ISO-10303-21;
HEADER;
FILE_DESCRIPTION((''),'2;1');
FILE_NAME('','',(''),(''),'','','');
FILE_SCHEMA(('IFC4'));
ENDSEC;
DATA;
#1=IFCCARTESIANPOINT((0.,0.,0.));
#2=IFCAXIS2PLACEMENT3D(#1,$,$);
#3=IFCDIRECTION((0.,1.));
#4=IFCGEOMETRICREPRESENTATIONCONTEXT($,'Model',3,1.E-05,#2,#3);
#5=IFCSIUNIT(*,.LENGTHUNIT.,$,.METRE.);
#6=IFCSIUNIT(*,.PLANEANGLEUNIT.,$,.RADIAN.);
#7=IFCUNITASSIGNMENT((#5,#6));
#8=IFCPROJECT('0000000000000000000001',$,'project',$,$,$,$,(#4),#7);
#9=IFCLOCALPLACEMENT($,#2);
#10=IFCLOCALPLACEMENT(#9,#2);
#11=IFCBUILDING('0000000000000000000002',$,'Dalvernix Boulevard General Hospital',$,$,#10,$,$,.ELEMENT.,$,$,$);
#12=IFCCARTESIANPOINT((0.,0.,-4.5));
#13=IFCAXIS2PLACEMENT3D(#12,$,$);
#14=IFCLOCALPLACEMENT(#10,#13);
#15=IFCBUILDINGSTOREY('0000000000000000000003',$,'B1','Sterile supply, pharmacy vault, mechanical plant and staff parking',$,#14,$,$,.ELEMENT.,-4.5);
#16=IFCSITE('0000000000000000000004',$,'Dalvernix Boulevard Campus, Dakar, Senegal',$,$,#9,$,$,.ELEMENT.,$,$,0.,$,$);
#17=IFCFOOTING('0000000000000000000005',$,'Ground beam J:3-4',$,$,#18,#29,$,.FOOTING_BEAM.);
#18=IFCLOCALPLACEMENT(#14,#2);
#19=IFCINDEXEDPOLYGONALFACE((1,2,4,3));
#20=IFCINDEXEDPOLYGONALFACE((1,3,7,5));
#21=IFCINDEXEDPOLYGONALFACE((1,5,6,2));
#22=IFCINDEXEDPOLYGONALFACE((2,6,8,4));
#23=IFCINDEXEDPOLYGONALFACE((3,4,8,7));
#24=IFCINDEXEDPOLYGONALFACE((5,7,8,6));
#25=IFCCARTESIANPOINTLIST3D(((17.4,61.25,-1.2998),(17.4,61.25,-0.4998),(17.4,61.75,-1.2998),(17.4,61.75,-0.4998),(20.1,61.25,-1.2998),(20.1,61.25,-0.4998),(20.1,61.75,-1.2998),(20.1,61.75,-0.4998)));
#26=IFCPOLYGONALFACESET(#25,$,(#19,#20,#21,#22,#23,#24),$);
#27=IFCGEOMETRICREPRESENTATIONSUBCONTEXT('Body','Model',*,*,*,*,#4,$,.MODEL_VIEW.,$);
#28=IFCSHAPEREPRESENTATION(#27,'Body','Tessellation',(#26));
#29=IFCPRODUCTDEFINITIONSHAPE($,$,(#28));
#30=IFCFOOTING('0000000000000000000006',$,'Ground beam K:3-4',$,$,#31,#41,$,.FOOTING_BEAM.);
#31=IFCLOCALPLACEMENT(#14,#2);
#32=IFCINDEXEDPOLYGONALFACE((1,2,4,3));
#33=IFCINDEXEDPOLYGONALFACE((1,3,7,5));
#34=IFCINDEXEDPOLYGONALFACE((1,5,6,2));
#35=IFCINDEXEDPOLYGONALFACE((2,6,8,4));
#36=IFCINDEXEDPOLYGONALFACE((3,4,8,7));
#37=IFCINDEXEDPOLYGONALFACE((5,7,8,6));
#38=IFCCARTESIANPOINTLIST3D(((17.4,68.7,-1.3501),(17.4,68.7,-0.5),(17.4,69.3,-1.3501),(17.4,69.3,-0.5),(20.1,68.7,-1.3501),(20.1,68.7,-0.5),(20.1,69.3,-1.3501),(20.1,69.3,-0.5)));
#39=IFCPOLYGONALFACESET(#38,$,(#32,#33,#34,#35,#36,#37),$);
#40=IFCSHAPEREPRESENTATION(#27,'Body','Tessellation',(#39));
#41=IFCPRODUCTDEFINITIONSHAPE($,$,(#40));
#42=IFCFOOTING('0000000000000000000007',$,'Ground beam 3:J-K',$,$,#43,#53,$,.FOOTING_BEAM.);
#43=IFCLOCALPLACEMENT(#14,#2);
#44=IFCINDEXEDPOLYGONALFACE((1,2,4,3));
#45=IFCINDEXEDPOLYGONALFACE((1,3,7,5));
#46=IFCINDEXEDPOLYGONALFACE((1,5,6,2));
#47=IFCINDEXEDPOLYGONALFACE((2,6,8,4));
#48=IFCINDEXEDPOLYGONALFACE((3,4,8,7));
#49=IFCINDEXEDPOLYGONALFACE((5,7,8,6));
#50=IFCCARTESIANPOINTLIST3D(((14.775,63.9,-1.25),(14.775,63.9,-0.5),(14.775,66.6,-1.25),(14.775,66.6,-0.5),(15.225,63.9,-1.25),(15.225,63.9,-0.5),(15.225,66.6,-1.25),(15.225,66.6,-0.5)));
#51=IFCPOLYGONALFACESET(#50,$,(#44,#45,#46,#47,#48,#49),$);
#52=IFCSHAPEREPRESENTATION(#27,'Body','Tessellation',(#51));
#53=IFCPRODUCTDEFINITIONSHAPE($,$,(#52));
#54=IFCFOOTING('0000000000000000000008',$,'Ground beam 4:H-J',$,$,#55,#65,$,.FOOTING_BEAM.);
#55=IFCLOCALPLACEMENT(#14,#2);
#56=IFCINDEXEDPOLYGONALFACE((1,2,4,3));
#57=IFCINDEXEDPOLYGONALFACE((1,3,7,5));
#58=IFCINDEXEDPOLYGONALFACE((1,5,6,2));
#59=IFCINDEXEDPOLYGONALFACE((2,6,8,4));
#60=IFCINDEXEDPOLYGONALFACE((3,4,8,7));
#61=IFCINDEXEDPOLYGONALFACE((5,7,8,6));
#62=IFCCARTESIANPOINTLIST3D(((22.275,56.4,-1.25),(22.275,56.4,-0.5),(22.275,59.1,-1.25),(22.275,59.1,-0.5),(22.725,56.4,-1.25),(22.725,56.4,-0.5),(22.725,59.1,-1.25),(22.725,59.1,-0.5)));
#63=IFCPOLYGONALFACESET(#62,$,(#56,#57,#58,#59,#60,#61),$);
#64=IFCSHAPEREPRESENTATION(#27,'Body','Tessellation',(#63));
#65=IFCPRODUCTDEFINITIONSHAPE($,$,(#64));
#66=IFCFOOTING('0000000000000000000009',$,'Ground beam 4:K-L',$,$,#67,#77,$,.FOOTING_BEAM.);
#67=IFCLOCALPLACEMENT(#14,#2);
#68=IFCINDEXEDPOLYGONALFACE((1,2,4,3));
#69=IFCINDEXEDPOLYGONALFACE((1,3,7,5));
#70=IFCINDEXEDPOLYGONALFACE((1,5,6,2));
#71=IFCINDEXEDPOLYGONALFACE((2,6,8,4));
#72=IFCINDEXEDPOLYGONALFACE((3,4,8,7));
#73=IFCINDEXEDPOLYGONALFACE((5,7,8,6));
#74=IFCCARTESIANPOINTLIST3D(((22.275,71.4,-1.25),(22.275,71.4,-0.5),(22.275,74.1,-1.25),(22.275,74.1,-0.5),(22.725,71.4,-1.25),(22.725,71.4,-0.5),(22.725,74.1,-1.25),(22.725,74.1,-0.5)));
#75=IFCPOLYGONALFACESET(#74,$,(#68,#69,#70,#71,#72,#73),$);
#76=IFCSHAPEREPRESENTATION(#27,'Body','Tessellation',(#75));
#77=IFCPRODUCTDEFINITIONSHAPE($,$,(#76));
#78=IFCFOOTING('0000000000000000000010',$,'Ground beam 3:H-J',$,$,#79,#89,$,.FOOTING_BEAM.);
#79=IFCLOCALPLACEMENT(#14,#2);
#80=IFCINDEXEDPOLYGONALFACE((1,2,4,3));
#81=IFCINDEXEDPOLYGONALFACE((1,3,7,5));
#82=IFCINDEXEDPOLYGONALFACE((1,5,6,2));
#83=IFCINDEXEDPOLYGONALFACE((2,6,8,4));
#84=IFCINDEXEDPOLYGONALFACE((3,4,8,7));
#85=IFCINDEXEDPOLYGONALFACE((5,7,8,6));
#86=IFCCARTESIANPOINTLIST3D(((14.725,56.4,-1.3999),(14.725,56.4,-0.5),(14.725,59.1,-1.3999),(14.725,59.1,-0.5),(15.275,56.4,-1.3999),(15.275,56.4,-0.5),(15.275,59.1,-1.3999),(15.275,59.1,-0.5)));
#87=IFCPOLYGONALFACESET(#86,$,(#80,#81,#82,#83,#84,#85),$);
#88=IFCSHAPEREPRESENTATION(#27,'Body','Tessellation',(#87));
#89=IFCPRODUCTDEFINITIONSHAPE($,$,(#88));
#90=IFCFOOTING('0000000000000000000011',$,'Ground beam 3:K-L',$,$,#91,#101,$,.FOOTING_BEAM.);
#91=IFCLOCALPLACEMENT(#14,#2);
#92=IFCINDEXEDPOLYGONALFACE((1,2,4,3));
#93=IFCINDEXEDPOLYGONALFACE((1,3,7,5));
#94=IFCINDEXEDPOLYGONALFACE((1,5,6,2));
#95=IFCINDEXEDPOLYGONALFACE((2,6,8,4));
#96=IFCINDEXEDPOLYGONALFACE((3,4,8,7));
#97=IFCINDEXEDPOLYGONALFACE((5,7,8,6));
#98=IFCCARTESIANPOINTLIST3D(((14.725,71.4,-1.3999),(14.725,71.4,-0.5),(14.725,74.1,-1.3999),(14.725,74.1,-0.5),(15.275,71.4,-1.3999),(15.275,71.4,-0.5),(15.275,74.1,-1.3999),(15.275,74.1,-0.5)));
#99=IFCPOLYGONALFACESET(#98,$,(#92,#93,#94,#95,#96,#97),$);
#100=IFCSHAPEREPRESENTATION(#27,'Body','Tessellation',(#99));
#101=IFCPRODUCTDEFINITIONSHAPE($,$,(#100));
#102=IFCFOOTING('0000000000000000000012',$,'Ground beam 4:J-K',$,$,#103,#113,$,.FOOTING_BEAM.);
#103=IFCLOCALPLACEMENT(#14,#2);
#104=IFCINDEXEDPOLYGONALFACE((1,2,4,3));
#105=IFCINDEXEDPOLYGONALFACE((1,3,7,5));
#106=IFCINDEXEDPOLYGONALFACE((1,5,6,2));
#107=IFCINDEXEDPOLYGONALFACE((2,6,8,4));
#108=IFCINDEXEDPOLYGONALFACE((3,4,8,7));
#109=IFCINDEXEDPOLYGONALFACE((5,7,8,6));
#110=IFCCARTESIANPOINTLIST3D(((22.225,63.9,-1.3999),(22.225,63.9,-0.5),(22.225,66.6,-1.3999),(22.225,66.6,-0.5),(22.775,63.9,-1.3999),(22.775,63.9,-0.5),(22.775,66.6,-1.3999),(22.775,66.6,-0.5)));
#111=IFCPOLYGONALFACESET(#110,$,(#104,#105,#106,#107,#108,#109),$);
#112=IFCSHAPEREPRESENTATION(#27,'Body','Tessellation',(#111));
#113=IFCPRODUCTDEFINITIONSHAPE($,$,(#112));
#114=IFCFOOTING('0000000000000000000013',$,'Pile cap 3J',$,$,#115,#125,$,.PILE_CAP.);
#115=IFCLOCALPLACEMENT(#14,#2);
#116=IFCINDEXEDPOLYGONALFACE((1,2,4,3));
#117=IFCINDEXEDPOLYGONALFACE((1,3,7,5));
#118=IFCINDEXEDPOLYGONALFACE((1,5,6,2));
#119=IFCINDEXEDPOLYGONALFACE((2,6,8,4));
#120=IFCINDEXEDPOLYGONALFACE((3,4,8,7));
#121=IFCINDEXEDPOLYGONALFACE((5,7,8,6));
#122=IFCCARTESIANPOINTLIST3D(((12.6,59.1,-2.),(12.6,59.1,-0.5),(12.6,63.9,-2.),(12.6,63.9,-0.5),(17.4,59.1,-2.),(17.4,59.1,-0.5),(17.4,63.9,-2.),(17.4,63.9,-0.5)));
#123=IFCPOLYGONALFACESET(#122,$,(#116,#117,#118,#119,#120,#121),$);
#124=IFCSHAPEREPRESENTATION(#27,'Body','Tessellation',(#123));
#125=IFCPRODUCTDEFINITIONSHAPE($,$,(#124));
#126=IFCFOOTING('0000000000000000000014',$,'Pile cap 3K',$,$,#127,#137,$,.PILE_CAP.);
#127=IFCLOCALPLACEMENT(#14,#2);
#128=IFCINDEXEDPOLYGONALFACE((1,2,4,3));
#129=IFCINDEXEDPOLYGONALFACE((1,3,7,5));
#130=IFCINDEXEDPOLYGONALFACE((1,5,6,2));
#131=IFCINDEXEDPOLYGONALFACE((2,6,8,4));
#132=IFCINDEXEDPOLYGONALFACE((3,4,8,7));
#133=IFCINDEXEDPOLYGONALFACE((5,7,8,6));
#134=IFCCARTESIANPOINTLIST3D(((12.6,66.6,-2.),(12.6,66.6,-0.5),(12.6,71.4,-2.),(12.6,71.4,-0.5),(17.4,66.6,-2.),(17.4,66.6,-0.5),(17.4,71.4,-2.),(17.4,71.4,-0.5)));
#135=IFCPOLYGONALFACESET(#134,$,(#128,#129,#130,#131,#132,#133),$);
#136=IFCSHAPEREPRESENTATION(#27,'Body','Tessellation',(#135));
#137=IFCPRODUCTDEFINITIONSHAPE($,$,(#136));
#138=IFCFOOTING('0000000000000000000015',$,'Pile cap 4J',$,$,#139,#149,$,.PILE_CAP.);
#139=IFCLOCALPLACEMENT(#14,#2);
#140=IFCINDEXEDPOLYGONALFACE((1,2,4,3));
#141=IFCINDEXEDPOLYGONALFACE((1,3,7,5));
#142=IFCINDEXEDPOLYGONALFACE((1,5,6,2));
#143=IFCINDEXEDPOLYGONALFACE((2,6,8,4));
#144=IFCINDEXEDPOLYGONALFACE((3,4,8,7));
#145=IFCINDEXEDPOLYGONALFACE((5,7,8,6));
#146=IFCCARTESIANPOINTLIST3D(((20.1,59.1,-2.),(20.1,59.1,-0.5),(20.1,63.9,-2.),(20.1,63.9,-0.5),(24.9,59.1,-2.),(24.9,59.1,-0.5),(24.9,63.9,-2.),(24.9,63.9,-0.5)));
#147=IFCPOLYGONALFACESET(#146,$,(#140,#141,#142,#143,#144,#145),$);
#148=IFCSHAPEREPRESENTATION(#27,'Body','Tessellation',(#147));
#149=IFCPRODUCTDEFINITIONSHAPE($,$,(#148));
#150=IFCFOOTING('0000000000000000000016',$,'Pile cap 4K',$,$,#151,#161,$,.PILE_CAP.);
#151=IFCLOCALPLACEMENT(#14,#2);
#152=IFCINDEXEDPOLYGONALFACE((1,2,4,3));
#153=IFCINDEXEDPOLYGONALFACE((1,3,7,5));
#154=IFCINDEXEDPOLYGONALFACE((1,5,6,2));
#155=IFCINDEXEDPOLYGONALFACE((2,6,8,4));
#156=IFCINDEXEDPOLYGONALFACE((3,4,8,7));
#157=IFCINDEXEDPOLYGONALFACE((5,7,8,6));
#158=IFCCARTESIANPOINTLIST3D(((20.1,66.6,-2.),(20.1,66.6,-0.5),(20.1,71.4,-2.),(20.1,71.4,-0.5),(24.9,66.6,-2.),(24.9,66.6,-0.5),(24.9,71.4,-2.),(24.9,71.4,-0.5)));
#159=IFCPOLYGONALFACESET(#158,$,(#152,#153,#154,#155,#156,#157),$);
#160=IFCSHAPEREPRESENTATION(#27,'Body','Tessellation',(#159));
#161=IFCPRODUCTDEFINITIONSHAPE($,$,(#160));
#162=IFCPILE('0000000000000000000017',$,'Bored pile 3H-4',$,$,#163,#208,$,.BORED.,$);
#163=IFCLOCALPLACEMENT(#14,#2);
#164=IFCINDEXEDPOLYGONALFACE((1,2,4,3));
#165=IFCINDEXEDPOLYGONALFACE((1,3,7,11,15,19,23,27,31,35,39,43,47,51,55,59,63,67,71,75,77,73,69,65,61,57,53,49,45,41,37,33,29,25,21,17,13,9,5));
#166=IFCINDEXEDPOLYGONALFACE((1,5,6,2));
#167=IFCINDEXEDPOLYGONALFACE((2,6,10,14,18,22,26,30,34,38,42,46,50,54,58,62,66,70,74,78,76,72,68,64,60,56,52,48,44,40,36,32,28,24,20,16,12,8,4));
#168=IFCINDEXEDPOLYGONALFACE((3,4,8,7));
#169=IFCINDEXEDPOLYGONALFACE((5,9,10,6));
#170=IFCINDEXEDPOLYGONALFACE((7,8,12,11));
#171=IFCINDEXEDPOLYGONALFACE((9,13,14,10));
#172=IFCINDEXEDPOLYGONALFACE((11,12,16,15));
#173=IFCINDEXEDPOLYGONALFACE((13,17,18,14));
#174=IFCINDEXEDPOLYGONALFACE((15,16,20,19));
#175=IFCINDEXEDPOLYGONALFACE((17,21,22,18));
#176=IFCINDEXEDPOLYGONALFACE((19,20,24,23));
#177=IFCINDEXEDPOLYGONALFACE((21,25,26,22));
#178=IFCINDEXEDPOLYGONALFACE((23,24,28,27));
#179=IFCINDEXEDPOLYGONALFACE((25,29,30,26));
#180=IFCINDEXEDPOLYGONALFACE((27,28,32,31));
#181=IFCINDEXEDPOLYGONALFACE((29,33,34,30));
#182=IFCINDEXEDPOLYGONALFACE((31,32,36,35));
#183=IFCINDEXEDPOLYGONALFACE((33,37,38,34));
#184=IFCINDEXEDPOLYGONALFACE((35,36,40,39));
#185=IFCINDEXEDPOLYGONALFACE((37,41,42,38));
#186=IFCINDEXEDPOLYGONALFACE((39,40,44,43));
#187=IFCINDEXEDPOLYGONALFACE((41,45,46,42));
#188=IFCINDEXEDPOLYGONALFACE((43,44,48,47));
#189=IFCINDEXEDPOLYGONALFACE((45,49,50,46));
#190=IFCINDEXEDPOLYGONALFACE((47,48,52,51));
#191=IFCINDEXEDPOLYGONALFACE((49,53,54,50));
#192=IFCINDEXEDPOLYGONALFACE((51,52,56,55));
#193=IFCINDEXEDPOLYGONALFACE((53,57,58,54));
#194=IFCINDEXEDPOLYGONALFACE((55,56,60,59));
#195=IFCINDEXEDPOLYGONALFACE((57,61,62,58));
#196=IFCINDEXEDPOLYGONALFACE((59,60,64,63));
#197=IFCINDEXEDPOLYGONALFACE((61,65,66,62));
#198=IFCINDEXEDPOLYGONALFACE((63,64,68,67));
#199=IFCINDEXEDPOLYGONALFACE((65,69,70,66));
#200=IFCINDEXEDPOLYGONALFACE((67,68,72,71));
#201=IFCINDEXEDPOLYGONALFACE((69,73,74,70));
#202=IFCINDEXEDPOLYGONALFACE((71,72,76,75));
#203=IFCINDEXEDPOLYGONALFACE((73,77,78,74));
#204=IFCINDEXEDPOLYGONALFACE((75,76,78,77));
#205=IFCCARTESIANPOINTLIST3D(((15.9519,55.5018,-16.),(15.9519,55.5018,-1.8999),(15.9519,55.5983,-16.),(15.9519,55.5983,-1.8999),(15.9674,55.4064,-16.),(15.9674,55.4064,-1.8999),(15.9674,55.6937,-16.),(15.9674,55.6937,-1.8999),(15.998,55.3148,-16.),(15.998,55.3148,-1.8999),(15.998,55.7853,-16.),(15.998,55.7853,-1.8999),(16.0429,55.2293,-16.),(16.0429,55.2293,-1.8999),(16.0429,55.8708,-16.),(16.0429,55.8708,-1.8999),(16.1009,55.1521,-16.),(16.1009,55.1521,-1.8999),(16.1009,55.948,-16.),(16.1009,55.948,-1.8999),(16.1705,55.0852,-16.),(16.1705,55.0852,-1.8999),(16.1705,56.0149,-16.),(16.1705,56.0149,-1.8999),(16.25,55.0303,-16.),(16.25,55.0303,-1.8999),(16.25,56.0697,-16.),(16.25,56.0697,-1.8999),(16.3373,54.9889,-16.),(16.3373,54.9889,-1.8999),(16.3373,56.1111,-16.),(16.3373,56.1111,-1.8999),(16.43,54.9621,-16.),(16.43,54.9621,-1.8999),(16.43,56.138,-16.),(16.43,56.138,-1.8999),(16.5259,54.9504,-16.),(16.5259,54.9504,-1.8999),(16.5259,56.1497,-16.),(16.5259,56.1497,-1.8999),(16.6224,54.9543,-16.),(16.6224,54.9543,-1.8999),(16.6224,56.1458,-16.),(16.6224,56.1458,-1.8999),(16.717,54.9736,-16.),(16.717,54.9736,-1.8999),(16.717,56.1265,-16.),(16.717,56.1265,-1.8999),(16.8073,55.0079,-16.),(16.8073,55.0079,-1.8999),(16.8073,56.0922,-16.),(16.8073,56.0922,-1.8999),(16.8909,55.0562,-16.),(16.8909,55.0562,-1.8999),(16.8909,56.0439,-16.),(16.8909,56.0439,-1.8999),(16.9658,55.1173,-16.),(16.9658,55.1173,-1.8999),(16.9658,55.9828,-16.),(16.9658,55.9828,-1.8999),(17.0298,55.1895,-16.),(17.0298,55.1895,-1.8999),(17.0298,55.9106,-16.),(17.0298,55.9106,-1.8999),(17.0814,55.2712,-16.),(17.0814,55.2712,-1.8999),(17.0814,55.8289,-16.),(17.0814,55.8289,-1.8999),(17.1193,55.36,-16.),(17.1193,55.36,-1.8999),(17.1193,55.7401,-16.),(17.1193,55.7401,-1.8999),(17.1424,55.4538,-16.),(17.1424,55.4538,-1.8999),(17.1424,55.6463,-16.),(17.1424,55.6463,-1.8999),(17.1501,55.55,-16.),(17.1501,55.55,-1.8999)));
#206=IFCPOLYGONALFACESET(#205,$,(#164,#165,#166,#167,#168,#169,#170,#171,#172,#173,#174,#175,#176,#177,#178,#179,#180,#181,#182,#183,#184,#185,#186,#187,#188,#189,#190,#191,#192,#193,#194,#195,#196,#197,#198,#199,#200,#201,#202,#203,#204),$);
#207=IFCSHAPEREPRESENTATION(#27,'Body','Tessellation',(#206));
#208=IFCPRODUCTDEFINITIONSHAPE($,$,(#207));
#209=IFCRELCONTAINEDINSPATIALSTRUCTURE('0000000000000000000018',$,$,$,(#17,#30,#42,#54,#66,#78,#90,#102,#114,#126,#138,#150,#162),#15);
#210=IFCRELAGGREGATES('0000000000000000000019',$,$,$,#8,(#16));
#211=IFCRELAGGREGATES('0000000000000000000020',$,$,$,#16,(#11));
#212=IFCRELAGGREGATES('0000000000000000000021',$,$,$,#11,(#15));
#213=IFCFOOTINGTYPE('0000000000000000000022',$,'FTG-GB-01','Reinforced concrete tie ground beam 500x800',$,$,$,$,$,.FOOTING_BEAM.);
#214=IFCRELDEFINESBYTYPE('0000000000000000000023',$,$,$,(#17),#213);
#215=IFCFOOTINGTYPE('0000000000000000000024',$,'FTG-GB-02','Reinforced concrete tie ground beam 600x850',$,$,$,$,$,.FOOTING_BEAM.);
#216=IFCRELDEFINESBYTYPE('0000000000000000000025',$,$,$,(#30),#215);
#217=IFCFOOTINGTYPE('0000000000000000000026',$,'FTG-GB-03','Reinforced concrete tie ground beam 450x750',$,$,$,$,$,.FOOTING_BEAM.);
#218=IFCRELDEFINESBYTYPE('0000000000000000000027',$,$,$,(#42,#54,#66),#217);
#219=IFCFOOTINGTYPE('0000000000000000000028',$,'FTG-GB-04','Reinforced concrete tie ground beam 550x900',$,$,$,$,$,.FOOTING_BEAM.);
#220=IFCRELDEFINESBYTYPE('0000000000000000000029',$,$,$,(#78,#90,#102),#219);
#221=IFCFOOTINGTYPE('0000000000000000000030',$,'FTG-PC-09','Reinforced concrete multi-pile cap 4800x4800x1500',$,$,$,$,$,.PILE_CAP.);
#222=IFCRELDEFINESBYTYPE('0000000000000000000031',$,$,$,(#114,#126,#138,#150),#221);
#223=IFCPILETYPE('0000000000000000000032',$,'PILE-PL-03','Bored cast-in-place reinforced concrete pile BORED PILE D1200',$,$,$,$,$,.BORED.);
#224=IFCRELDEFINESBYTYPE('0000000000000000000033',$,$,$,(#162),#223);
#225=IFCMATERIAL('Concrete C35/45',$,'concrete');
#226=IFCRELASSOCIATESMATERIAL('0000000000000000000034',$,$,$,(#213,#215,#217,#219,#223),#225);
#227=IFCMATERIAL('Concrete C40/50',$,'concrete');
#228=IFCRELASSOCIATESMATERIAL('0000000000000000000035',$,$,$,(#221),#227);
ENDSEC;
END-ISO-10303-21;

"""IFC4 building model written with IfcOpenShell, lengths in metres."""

from ifc_helpers import new_model, si_unit, direction, frame, origin, origin_2d, place, context, subcontext, project, spatial, rectangle, circle, extrude, material, material_profile, profile_set, type_object, element, save


model = new_model("IFC4")

# Units and contexts
model_context = context("Model", 3, precision=1e-05, world=origin(), true_north=direction((0.0, 1.0)))
body_context = subcontext(model_context, "Body", "Model", "MODEL_VIEW")
ifc_project = project(units=[si_unit("LENGTHUNIT", "METRE"), si_unit("PLANEANGLEUNIT", "RADIAN")], contexts=[model_context])

# Site, building, storey
site_placement = place(None, origin())
site = spatial("IfcSite", under=ifc_project, at=site_placement, Name="Dalvernix Boulevard Campus, Dakar, Senegal", CompositionType="ELEMENT", RefElevation=0.0)
building_placement = place(site_placement, origin())
building = spatial("IfcBuilding", under=site, at=building_placement, Name="Dalvernix Boulevard General Hospital", CompositionType="ELEMENT")
storey_placement = place(building_placement, frame((0.0, 0.0, -4.5)))
storey = spatial("IfcBuildingStorey", under=building, at=storey_placement, Name="B1", Description="Sterile supply, pharmacy vault, mechanical plant and staff parking", CompositionType="ELEMENT", Elevation=-4.5)

# Footings
ifc_material_1 = material(Name="Concrete C35/45", Category="concrete")
footing_type_1 = type_object("IfcFootingType", Name="FTG-GB-01", Description="Reinforced concrete tie ground beam 500x800", PredefinedType="FOOTING_BEAM", material=ifc_material_1)
footing_1_placement = place(storey_placement, frame((18.75, 61.5, -1.2998), z_axis=(0.0, 0.0, 1.0), x_axis=(1.0, 0.0, 0.0)))
element("IfcFooting", 1, at=footing_1_placement, inside=storey, type_object=footing_type_1, Name="Ground beam J:3-4", PredefinedType="FOOTING_BEAM", context=body_context, shape_type="SweptSolid", body=[
    extrude(rectangle(XDim=2.7, YDim=0.5, at=origin_2d()), origin(), (0.0, 0.0, 1.0), 0.8),
])
footing_type_2 = type_object("IfcFootingType", Name="FTG-GB-02", Description="Reinforced concrete tie ground beam 600x850", PredefinedType="FOOTING_BEAM", material=ifc_material_1)
footing_2_placement = place(storey_placement, frame((18.75, 69.0, -1.3501), z_axis=(0.0, 0.0, 1.0), x_axis=(1.0, 0.0, 0.0)))
element("IfcFooting", 2, at=footing_2_placement, inside=storey, type_object=footing_type_2, Name="Ground beam K:3-4", PredefinedType="FOOTING_BEAM", context=body_context, shape_type="SweptSolid", body=[
    extrude(rectangle(XDim=2.7, YDim=0.6001, at=origin_2d()), origin(), (0.0, 0.0, 1.0), 0.8501),
])
footing_type_3 = type_object("IfcFootingType", Name="FTG-GB-03", Description="Reinforced concrete tie ground beam 450x750", PredefinedType="FOOTING_BEAM", material=ifc_material_1)
for number, where, z_axis, x_axis, name in (
    (3, (15.0, 65.25, -1.25), (0.0, 0.0, 1.0), (0.0, 1.0, 0.0), "Ground beam 3:J-K"),
    (4, (22.5, 57.75, -1.25), (0.0, 0.0, 1.0), (0.0, 1.0, 0.0), "Ground beam 4:H-J"),
    (5, (22.5, 72.75, -1.25), (0.0, 0.0, 1.0), (0.0, 1.0, 0.0), "Ground beam 4:K-L"),
):
    element("IfcFooting", number, at=place(storey_placement, frame(where, z_axis=z_axis, x_axis=x_axis)), inside=storey, type_object=footing_type_3, Name=name, PredefinedType="FOOTING_BEAM", context=body_context, shape_type="SweptSolid", body=[
        extrude(rectangle(XDim=2.7, YDim=0.45, at=origin_2d()), origin(), (0.0, 0.0, 1.0), 0.75),
    ])
footing_type_4 = type_object("IfcFootingType", Name="FTG-GB-04", Description="Reinforced concrete tie ground beam 550x900", PredefinedType="FOOTING_BEAM", material=ifc_material_1)
for number, where, z_axis, x_axis, name in (
    (6, (15.0, 57.75, -1.3999), (0.0, 0.0, 1.0), (0.0, 1.0, 0.0), "Ground beam 3:H-J"),
    (7, (15.0, 72.75, -1.3999), (0.0, 0.0, 1.0), (0.0, 1.0, 0.0), "Ground beam 3:K-L"),
    (8, (22.5, 65.25, -1.3999), (0.0, 0.0, 1.0), (0.0, 1.0, 0.0), "Ground beam 4:J-K"),
):
    element("IfcFooting", number, at=place(storey_placement, frame(where, z_axis=z_axis, x_axis=x_axis)), inside=storey, type_object=footing_type_4, Name=name, PredefinedType="FOOTING_BEAM", context=body_context, shape_type="SweptSolid", body=[
        extrude(rectangle(XDim=2.7, YDim=0.55, at=origin_2d()), origin(), (0.0, 0.0, 1.0), 0.8999),
    ])
ifc_material_2 = material(Name="Concrete C40/50", Category="concrete")
footing_type_5 = type_object("IfcFootingType", Name="FTG-PC-09", Description="Reinforced concrete multi-pile cap 4800x4800x1500", PredefinedType="PILE_CAP", material=ifc_material_2)
for number, where, z_axis, x_axis, name in (
    (9, (15.0, 61.5, -2.0), (0.0, 0.0, 1.0), (1.0, 0.0, 0.0), "Pile cap 3J"),
    (10, (15.0, 69.0, -2.0), (0.0, 0.0, 1.0), (1.0, 0.0, 0.0), "Pile cap 3K"),
    (11, (22.5, 61.5, -2.0), (0.0, 0.0, 1.0), (1.0, 0.0, 0.0), "Pile cap 4J"),
    (12, (22.5, 69.0, -2.0), (0.0, 0.0, 1.0), (1.0, 0.0, 0.0), "Pile cap 4K"),
):
    element("IfcFooting", number, at=place(storey_placement, frame(where, z_axis=z_axis, x_axis=x_axis)), inside=storey, type_object=footing_type_5, Name=name, PredefinedType="PILE_CAP", context=body_context, shape_type="SweptSolid", body=[
        extrude(rectangle(XDim=4.8, YDim=4.8, at=origin_2d()), origin(), (0.0, 0.0, 1.0), 1.5),
    ])

# Pile
ifc_material_profile_1 = material_profile(ifc_material_1, circle(Radius=0.6001, at=origin_2d()), Name="BORED PILE D1200")
ifc_profile_set_1 = profile_set([ifc_material_profile_1], Name="Concrete C35/45")
pile_type = type_object("IfcPileType", Name="PILE-PL-03", Description="Bored cast-in-place reinforced concrete pile BORED PILE D1200", PredefinedType="BORED", material=ifc_profile_set_1)
for number, where, z_axis, x_axis, name in (
    (13, (16.55, 55.55, -1.8999), (0.0, 0.0, -1.0), (1.0, 0.0, 0.0), "Bored pile 3H-4"),
):
    element("IfcPile", number, at=place(storey_placement, frame(where, z_axis=z_axis, x_axis=x_axis)), inside=storey, type_object=pile_type, Name=name, PredefinedType="BORED", context=body_context, shape_type="SweptSolid", body=[
        extrude(circle(Radius=0.6001, at=origin_2d()), origin(), (0.0, 0.0, 1.0), 14.1001),
    ])

save(model, "model.ifc")
